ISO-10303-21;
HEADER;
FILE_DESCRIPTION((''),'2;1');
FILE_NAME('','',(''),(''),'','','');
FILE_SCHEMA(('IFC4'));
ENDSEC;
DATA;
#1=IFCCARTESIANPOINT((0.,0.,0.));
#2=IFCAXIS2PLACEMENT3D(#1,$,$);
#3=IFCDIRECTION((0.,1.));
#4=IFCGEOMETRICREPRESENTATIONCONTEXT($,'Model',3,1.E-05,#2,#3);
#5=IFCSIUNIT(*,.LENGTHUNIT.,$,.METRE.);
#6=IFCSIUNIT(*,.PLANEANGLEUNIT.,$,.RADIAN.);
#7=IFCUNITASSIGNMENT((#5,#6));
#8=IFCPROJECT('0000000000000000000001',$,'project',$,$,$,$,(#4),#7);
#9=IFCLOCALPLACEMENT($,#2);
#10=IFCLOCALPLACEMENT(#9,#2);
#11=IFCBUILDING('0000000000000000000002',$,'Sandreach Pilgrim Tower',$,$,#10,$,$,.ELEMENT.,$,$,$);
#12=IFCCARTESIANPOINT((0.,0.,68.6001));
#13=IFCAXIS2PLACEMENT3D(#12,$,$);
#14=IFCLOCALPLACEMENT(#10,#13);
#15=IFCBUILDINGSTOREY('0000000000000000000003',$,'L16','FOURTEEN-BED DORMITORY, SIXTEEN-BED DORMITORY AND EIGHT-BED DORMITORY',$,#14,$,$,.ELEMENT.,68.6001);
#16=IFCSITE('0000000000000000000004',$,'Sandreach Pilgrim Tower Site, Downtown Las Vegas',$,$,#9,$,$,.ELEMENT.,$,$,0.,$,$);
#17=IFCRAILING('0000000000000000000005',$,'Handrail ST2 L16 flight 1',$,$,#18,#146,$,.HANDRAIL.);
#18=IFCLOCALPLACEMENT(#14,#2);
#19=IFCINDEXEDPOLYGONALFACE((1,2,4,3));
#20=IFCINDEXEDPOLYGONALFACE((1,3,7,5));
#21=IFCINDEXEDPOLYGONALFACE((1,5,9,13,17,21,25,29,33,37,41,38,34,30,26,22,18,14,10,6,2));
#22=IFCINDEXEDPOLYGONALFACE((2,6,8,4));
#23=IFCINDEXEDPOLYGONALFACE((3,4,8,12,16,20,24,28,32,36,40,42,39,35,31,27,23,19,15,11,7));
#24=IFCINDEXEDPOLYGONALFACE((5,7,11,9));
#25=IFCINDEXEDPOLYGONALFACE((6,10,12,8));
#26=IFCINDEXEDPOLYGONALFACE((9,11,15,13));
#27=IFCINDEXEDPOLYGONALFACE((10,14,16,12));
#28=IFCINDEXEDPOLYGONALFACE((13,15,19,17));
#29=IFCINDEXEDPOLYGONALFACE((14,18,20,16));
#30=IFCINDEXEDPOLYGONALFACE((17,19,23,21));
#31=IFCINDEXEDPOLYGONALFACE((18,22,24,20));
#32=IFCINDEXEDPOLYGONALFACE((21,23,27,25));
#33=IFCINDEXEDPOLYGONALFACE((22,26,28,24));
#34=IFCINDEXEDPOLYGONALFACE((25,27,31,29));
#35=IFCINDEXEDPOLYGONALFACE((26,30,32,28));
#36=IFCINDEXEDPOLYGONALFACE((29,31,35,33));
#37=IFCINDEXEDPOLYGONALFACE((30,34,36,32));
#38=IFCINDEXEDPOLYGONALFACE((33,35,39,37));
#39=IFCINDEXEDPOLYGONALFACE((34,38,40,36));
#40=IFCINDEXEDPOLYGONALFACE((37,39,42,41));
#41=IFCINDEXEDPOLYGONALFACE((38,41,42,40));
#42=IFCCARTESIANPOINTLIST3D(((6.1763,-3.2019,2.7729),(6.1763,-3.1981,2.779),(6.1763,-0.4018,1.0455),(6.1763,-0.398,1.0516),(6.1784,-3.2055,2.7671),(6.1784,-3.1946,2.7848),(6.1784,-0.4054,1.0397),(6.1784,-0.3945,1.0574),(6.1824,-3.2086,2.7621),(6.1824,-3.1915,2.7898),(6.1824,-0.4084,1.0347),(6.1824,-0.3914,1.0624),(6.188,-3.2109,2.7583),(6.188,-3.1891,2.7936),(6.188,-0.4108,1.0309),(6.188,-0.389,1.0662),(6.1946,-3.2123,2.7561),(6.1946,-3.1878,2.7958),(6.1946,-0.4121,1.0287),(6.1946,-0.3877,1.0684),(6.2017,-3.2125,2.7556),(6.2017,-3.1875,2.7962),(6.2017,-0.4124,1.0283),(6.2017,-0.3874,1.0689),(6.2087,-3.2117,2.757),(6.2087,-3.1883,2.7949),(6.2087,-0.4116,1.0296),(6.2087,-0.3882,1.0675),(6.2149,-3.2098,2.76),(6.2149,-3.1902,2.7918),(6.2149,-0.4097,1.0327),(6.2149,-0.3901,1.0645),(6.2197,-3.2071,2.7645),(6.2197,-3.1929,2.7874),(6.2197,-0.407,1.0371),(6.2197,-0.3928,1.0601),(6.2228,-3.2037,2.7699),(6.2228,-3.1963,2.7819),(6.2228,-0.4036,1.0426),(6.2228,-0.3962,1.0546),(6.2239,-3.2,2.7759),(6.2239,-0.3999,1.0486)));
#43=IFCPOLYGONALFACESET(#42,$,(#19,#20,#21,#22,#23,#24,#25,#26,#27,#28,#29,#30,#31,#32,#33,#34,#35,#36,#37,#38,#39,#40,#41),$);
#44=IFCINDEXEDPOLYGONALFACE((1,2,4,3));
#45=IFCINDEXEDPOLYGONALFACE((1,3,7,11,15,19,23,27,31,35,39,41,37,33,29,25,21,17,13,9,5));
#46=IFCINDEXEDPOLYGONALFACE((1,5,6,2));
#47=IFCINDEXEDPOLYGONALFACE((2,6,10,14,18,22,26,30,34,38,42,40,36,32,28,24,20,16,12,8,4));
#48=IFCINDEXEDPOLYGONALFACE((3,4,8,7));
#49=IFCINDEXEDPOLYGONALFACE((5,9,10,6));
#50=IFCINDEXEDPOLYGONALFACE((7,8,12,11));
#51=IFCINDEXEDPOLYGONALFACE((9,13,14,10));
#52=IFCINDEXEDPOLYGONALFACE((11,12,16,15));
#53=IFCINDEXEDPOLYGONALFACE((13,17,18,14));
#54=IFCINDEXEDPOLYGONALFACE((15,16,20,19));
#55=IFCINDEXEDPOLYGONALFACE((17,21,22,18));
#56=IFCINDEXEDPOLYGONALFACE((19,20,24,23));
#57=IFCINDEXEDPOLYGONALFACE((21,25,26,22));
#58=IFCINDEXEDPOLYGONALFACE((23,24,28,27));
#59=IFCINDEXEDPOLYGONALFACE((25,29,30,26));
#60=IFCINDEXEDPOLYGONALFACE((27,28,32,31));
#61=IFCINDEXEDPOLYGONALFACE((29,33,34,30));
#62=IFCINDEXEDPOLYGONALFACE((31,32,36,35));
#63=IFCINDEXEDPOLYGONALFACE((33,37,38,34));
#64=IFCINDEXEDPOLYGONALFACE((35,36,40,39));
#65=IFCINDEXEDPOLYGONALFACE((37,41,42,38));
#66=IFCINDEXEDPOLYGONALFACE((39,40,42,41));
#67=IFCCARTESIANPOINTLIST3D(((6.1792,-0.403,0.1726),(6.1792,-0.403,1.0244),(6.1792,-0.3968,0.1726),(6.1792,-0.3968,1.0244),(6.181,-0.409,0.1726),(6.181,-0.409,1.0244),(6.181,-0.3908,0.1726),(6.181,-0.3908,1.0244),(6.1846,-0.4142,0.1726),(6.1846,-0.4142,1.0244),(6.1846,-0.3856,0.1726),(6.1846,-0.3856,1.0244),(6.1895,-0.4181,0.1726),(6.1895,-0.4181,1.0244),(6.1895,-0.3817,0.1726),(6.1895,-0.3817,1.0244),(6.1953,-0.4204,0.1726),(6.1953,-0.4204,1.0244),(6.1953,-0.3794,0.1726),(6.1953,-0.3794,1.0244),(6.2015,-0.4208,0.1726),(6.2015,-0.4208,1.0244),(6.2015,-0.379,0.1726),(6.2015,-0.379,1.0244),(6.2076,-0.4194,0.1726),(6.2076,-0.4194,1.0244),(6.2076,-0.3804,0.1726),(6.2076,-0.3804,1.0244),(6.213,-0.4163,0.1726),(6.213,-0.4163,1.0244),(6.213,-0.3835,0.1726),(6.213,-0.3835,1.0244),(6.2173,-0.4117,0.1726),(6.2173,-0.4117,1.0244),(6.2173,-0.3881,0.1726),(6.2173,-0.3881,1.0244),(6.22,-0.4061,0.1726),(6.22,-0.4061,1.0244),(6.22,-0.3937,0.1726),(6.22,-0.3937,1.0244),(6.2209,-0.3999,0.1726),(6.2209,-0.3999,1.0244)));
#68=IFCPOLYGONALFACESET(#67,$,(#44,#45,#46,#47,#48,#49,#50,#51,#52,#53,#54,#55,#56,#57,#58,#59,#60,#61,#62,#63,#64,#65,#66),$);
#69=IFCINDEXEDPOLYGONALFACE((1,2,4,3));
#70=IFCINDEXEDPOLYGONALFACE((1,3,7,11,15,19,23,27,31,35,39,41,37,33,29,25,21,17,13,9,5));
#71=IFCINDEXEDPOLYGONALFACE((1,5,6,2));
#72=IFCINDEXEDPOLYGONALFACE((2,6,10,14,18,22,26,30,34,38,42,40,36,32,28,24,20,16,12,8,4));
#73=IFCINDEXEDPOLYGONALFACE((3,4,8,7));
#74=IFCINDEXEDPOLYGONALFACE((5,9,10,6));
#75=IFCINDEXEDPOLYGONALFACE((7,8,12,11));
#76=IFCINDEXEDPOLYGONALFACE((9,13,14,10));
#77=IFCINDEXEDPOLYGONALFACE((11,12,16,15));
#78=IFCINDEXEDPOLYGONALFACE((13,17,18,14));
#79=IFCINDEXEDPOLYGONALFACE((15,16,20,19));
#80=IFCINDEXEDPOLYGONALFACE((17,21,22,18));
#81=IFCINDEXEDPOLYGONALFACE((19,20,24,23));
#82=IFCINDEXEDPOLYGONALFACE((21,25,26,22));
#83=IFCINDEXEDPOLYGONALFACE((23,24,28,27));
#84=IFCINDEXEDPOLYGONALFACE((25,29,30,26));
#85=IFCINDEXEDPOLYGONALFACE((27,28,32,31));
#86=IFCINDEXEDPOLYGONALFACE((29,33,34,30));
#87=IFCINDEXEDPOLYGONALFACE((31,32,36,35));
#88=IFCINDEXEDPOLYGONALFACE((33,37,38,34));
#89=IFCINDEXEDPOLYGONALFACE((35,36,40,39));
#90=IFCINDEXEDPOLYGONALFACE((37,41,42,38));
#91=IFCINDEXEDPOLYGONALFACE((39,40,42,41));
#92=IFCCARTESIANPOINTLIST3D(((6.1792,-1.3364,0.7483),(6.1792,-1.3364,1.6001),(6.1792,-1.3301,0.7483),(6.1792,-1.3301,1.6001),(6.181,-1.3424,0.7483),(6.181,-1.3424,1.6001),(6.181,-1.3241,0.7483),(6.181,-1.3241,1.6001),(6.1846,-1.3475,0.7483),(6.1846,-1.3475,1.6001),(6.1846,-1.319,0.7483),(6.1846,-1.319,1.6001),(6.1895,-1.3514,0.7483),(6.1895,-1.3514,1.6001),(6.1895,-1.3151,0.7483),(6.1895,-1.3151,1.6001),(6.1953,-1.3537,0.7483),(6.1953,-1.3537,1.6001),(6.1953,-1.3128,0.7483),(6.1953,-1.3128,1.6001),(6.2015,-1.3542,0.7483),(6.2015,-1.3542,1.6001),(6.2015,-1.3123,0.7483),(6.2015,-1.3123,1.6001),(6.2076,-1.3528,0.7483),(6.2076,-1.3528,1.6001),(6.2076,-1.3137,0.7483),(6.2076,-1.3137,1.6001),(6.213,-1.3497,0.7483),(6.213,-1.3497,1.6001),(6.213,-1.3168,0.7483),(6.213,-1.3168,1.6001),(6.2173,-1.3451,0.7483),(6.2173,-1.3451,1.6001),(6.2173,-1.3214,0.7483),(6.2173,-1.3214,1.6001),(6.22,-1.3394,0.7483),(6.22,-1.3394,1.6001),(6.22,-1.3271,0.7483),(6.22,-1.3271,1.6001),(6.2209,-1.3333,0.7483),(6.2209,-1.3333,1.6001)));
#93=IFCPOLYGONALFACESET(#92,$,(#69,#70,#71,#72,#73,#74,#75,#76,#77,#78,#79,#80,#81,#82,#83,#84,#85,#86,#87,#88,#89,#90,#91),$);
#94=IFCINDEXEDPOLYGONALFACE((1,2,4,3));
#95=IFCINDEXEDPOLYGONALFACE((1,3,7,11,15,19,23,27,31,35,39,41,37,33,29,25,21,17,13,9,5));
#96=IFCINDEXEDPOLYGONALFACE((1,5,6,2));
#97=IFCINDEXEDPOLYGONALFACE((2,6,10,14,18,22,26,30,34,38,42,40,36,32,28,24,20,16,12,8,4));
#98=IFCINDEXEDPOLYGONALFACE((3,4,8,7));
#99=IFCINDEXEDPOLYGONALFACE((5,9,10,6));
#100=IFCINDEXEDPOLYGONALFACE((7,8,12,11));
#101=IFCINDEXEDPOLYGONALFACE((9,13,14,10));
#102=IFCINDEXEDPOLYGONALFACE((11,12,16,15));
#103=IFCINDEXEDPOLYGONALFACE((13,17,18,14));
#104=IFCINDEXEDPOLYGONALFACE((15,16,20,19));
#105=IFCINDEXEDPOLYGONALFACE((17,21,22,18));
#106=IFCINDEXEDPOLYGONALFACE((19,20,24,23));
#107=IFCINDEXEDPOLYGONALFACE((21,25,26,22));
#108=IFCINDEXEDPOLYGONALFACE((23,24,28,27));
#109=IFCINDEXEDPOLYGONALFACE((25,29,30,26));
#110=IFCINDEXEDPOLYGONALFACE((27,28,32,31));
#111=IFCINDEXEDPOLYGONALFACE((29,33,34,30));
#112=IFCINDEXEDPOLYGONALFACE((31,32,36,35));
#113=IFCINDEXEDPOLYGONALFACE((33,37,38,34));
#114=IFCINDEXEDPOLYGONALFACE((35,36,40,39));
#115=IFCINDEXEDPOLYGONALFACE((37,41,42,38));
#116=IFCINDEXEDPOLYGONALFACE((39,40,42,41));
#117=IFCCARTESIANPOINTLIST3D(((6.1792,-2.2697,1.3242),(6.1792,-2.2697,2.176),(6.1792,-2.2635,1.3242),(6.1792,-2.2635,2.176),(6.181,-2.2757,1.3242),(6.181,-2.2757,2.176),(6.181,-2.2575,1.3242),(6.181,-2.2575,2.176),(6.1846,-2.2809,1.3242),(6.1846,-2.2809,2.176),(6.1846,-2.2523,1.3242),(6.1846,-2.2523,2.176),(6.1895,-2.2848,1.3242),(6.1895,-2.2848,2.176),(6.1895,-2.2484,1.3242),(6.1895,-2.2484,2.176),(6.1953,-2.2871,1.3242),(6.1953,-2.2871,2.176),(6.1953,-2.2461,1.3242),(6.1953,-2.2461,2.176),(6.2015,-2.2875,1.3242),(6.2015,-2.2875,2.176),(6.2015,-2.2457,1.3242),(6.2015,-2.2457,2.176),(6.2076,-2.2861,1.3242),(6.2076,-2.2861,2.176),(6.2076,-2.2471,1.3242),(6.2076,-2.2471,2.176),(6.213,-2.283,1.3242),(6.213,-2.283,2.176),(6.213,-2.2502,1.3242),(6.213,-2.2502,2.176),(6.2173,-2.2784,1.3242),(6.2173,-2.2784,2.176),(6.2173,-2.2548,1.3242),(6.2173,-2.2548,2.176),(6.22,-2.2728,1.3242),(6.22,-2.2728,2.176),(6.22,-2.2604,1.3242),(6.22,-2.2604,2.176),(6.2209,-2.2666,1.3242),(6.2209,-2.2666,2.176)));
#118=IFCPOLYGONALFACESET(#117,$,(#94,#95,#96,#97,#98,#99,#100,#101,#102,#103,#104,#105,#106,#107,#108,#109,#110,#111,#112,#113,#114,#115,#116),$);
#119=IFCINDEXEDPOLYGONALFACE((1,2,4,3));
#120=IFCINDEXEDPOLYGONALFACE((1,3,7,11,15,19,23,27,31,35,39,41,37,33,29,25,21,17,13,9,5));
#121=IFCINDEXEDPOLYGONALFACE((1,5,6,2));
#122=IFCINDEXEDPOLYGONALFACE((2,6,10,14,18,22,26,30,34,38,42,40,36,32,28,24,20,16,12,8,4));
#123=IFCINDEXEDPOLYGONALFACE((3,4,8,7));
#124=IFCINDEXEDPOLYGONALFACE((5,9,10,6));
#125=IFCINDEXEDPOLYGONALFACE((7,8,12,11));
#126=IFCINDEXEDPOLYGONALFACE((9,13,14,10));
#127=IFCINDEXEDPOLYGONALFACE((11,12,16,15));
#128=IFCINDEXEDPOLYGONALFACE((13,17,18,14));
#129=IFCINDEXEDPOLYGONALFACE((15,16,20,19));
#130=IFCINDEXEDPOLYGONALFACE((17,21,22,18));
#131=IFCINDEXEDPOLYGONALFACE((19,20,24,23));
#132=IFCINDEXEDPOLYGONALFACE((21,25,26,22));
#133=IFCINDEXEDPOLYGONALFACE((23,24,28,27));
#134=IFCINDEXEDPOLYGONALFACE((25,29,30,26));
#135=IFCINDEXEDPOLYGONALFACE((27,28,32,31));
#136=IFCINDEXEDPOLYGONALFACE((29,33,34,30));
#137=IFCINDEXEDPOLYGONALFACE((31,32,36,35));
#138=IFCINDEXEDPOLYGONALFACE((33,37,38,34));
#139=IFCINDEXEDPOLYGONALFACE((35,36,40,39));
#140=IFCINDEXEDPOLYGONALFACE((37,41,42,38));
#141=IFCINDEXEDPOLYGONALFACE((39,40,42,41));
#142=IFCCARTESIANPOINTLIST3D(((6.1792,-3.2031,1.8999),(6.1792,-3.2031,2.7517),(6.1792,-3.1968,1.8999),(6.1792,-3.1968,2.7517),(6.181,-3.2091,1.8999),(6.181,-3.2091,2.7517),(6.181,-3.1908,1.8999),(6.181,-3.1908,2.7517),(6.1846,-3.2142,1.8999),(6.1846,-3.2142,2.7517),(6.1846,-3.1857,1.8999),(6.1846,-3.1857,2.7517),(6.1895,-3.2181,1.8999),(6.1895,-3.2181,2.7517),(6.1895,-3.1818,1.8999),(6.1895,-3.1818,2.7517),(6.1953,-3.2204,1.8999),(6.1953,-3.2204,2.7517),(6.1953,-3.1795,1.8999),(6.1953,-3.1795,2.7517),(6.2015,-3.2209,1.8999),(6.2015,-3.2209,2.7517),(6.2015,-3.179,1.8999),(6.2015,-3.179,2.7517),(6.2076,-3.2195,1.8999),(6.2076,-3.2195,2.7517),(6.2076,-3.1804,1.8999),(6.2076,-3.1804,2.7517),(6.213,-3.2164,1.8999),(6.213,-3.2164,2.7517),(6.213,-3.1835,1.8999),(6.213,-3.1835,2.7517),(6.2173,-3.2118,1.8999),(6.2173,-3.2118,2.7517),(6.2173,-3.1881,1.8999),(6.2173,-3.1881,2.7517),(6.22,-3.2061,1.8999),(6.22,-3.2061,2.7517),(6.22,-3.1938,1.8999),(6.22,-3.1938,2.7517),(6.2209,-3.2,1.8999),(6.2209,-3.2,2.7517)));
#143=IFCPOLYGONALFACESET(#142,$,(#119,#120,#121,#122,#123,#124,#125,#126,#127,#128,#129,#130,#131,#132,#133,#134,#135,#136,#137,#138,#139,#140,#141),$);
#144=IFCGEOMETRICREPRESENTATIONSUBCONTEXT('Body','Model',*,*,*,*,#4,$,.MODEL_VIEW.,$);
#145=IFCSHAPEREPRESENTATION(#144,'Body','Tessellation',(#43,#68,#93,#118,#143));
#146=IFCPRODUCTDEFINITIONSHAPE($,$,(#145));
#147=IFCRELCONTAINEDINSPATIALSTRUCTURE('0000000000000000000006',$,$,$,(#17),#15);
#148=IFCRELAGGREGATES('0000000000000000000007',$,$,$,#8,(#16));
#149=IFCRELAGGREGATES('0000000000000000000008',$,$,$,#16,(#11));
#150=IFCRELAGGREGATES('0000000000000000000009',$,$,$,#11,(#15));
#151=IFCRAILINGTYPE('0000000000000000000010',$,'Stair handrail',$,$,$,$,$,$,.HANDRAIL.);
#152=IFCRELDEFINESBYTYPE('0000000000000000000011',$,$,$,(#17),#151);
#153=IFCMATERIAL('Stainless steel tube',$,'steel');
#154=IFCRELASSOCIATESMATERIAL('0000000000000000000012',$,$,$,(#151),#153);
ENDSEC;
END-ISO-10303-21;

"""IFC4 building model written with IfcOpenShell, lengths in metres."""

from ifc_helpers import new_model, si_unit, direction, frame, origin, origin_2d, place, context, subcontext, project, spatial, circle, extrude, material, type_object, element, save


model = new_model("IFC4")

# Units and contexts
model_context = context("Model", 3, precision=1e-05, world=origin(), true_north=direction((0.0, 1.0)))
body_context = subcontext(model_context, "Body", "Model", "MODEL_VIEW")
ifc_project = project(units=[si_unit("LENGTHUNIT", "METRE"), si_unit("PLANEANGLEUNIT", "RADIAN")], contexts=[model_context])

# Site, building, storey
site_placement = place(None, origin())
site = spatial("IfcSite", under=ifc_project, at=site_placement, Name="Sandreach Pilgrim Tower Site, Downtown Las Vegas", CompositionType="ELEMENT", RefElevation=0.0)
building_placement = place(site_placement, origin())
building = spatial("IfcBuilding", under=site, at=building_placement, Name="Sandreach Pilgrim Tower", CompositionType="ELEMENT")
storey_placement = place(building_placement, frame((0.0, 0.0, 68.6001)))
storey = spatial("IfcBuildingStorey", under=building, at=storey_placement, Name="L16", Description="FOURTEEN-BED DORMITORY, SIXTEEN-BED DORMITORY AND EIGHT-BED DORMITORY", CompositionType="ELEMENT", Elevation=68.6001)

# Railing
ifc_material_1 = material(Name="Stainless steel tube", Category="steel")
railing_type = type_object("IfcRailingType", Name="Stair handrail", PredefinedType="HANDRAIL", material=ifc_material_1)
railing_placement = place(storey_placement, frame((6.2, -0.3999, 0.1726)))
element("IfcRailing", 1, at=railing_placement, inside=storey, type_object=railing_type, Name="Handrail ST2 L16 flight 1", PredefinedType="HANDRAIL", context=body_context, shape_type="SweptSolid", body=[
    extrude(circle(Radius=0.0239, at=origin_2d()), frame((0.0, 0.0, 0.876), z_axis=(0.0, -0.85109, 0.52502), x_axis=(1.0, 0.0, 0.0)), (0.0, 0.0, 1.0), 3.29),
    extrude(circle(Radius=0.021, at=origin_2d()), origin(), (0.0, 0.0, 1.0), 0.8518),
    extrude(circle(Radius=0.021, at=origin_2d()), frame((0.0, -0.9333, 0.5757)), (0.0, 0.0, 1.0), 0.8518),
    extrude(circle(Radius=0.021, at=origin_2d()), frame((0.0, -1.8667, 1.1516)), (0.0, 0.0, 1.0), 0.8518),
    extrude(circle(Radius=0.021, at=origin_2d()), frame((0.0, -2.8, 1.7273)), (0.0, 0.0, 1.0), 0.8518),
])

save(model, "model.ifc")
